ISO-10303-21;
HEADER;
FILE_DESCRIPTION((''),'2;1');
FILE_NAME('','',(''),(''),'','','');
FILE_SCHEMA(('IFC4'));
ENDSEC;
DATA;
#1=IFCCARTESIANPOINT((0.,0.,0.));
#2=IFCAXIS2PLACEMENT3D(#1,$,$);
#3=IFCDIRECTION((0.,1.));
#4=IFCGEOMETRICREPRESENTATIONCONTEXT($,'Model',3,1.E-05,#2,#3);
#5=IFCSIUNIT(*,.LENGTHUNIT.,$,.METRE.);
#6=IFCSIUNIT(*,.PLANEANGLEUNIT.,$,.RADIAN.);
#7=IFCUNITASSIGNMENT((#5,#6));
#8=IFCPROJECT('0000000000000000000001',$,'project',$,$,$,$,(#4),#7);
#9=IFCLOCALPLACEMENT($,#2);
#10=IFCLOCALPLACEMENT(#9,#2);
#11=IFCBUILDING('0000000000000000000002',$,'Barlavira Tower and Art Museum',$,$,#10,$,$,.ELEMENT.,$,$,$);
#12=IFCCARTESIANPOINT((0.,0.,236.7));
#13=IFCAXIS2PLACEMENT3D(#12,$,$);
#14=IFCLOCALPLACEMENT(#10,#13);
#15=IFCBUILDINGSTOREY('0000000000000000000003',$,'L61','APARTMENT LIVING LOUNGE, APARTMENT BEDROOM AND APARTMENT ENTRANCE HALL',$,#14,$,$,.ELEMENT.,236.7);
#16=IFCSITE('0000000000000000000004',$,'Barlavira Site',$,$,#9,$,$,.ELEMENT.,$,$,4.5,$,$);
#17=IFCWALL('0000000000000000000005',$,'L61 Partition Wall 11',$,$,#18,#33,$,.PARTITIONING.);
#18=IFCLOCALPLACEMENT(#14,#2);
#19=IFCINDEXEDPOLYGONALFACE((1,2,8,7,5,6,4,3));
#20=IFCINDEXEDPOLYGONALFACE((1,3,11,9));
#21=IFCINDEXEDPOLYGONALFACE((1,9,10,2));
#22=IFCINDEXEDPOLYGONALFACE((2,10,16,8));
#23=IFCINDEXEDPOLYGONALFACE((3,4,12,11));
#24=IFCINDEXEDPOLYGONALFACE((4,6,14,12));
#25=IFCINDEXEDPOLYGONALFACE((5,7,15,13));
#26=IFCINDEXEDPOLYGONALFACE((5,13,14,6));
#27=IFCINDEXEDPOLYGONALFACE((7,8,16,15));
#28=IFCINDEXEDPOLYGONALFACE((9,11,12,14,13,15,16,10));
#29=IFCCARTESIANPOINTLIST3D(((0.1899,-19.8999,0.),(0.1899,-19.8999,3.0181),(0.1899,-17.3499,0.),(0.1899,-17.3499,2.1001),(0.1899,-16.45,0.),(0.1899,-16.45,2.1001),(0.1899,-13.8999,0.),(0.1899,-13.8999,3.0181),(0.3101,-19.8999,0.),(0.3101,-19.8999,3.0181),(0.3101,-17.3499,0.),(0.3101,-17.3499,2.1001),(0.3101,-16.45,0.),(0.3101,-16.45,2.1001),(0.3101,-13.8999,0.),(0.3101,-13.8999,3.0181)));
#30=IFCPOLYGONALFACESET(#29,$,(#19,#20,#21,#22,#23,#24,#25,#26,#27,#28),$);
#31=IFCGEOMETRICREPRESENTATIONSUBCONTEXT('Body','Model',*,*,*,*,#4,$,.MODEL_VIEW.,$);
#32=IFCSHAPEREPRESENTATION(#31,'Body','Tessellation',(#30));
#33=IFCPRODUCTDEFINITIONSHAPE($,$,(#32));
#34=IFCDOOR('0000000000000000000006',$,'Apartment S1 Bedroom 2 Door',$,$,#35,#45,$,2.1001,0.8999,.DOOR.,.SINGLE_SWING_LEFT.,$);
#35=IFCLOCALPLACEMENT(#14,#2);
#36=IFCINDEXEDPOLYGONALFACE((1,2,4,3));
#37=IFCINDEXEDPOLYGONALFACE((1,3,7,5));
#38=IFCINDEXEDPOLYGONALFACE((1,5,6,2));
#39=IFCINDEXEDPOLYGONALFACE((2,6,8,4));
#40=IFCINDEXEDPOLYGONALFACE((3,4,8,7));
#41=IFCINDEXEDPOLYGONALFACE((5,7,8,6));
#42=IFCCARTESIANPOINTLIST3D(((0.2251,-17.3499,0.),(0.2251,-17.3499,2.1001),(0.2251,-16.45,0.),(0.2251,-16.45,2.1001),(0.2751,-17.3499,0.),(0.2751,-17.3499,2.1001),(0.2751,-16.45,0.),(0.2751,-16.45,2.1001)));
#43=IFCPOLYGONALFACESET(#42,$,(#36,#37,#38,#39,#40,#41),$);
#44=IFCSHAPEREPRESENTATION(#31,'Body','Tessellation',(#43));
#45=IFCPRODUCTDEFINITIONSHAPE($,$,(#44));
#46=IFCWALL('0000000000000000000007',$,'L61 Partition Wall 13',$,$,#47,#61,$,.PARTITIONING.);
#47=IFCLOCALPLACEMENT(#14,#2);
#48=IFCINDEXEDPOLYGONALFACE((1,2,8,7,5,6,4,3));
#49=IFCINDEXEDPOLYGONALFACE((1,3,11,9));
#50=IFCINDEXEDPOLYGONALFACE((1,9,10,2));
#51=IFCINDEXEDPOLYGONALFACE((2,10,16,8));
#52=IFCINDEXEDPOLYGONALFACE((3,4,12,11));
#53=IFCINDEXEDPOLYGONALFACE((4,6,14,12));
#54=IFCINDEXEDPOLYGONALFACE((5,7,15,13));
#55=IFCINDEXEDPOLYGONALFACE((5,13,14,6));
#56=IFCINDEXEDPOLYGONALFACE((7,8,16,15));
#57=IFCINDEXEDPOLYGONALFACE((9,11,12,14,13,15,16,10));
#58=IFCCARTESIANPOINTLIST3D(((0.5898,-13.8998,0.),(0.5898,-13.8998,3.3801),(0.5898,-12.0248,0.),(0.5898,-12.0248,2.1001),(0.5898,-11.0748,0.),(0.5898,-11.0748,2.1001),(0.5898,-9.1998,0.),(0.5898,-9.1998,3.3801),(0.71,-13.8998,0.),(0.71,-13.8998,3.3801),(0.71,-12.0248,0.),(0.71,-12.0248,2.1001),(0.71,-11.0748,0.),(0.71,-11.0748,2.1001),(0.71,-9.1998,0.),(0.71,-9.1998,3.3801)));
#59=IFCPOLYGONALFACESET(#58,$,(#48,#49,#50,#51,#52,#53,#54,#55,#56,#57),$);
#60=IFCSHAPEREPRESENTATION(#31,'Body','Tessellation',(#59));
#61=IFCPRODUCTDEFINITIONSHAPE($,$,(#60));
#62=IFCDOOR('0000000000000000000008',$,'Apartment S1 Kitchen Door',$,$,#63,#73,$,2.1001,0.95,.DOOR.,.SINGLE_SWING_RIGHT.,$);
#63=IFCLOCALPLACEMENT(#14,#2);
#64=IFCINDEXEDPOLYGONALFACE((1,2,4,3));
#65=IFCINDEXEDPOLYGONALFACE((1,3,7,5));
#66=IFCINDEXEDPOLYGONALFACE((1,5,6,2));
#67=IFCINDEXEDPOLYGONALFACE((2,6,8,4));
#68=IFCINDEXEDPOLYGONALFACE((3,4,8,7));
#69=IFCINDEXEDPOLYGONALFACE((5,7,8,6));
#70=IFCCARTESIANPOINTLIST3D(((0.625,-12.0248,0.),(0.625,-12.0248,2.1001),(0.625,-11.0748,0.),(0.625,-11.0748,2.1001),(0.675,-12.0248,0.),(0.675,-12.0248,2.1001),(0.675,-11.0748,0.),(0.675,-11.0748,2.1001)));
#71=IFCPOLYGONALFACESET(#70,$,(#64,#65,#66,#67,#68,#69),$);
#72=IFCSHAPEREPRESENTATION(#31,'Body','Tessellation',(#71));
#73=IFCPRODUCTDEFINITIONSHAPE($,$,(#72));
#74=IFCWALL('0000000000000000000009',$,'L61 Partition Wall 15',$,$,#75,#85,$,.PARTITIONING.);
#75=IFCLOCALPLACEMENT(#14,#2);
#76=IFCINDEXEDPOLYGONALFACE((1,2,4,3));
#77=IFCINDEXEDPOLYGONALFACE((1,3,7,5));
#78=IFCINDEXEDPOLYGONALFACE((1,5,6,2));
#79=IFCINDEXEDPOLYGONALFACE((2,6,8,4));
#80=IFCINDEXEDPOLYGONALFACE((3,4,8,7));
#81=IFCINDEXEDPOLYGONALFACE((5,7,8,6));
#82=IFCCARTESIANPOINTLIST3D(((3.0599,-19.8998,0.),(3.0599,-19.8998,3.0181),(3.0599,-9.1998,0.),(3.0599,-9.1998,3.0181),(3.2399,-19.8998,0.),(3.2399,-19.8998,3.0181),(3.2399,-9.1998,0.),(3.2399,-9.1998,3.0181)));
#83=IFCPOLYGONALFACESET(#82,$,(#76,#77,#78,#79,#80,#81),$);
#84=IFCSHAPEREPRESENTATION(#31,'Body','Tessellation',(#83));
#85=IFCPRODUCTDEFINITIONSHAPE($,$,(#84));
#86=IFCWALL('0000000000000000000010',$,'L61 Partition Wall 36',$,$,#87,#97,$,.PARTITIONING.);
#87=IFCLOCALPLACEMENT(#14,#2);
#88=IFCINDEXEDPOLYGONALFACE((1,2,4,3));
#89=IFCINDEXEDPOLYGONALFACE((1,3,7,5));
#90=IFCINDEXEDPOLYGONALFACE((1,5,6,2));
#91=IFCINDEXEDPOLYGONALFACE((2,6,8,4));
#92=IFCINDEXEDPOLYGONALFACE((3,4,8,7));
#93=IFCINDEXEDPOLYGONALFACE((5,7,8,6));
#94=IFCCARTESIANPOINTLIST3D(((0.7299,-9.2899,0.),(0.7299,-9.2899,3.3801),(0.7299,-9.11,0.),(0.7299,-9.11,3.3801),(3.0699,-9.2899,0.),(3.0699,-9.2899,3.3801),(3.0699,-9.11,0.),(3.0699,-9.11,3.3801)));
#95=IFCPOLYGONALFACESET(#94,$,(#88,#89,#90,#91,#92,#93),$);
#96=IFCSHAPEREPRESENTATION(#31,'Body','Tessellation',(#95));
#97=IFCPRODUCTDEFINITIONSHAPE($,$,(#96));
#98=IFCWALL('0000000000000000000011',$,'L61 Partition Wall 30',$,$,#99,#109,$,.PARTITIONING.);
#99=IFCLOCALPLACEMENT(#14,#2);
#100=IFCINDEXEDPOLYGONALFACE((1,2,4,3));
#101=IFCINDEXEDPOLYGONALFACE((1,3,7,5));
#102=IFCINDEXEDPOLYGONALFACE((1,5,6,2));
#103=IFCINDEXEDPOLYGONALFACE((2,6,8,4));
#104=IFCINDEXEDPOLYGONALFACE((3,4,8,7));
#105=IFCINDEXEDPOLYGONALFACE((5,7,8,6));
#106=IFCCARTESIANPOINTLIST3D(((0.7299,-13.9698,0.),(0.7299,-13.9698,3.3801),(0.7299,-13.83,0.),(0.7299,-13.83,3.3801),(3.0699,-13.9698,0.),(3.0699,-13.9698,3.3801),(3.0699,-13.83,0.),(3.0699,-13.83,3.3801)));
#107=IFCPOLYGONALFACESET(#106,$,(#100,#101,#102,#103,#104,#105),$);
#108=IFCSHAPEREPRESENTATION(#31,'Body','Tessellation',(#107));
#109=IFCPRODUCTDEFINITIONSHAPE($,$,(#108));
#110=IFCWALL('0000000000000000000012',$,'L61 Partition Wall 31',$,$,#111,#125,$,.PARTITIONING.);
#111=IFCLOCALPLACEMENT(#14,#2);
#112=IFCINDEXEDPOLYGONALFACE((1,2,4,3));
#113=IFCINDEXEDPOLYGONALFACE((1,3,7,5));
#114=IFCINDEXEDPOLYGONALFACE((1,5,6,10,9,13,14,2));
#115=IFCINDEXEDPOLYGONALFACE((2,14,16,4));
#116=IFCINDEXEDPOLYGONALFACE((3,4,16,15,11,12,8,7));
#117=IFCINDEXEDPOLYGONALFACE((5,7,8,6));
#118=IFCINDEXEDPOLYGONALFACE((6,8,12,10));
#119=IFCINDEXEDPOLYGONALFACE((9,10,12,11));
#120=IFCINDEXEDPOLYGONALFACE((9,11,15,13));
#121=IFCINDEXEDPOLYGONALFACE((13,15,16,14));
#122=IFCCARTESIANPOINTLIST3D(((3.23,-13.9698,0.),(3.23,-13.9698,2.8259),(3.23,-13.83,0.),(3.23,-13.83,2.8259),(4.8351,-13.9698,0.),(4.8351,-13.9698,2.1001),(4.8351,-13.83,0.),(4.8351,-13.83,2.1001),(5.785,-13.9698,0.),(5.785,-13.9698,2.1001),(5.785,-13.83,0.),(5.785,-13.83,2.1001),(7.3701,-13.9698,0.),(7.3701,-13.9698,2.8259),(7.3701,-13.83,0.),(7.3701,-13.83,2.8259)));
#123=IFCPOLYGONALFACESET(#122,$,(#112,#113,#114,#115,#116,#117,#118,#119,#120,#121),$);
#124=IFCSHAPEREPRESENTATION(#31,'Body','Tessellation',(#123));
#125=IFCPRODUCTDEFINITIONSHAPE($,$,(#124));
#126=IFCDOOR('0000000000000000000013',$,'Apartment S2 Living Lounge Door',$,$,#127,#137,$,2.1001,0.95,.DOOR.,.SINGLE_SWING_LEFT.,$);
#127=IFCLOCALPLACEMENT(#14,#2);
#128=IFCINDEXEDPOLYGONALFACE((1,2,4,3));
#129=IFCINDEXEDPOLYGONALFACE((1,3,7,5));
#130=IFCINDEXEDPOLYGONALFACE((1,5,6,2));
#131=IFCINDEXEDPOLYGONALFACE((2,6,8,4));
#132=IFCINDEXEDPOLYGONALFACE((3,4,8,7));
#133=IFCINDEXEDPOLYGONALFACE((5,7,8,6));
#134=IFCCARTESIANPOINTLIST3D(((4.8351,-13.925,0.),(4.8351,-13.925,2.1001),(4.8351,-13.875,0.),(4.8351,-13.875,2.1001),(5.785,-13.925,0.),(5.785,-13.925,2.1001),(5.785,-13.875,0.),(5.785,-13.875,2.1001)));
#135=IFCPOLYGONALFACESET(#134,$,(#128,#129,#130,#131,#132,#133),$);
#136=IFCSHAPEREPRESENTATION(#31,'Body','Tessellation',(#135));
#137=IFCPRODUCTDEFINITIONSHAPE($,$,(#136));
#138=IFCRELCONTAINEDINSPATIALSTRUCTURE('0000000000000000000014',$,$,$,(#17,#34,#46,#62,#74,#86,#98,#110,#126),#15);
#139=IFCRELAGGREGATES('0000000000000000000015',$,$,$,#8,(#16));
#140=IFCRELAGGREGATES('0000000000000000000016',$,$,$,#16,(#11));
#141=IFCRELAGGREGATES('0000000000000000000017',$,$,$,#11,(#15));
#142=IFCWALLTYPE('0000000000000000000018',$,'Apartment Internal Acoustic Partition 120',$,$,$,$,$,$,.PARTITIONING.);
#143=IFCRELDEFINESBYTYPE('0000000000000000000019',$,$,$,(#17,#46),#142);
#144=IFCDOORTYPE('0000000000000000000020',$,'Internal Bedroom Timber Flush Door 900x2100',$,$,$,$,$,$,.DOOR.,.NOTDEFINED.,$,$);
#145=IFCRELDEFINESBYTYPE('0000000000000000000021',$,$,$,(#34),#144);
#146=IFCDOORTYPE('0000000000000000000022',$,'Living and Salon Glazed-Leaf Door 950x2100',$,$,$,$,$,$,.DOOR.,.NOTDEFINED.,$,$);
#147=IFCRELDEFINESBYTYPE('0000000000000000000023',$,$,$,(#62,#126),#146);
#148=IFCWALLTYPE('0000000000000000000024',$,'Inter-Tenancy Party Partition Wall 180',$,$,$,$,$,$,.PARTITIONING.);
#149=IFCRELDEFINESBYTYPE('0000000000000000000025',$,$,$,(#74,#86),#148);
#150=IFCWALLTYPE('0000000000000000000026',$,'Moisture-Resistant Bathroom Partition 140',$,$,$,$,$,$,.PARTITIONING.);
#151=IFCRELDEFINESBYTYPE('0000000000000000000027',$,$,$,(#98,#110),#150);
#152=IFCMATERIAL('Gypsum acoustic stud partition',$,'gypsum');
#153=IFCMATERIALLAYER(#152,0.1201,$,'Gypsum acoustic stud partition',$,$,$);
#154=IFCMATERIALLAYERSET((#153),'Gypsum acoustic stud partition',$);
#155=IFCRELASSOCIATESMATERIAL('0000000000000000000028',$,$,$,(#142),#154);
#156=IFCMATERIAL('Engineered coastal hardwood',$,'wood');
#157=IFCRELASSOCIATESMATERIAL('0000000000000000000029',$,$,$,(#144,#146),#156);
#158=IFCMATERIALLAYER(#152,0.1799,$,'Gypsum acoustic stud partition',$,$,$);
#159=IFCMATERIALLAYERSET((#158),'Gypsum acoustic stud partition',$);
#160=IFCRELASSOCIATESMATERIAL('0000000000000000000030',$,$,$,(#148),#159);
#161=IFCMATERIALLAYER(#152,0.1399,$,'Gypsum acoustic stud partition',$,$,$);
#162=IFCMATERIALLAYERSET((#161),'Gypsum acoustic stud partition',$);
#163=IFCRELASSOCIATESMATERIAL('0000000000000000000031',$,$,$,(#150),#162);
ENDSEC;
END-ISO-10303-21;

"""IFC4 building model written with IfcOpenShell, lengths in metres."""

from ifc_helpers import new_model, si_unit, direction, frame, frame_2d, origin, place, context, subcontext, project, spatial, rectangle, extrude, material, layer, layer_set, type_object, element, fill, save


model = new_model("IFC4")

# Units and contexts
model_context = context("Model", 3, precision=1e-05, world=origin(), true_north=direction((0.0, 1.0)))
body_context = subcontext(model_context, "Body", "Model", "MODEL_VIEW")
ifc_project = project(units=[si_unit("LENGTHUNIT", "METRE"), si_unit("PLANEANGLEUNIT", "RADIAN")], contexts=[model_context])

# Site, building, storey
site_placement = place(None, origin())
site = spatial("IfcSite", under=ifc_project, at=site_placement, Name="Barlavira Site", CompositionType="ELEMENT", RefElevation=4.5)
building_placement = place(site_placement, origin())
building = spatial("IfcBuilding", under=site, at=building_placement, Name="Barlavira Tower and Art Museum", CompositionType="ELEMENT")
storey_placement = place(building_placement, frame((0.0, 0.0, 236.7)))
storey = spatial("IfcBuildingStorey", under=building, at=storey_placement, Name="L61", Description="APARTMENT LIVING LOUNGE, APARTMENT BEDROOM AND APARTMENT ENTRANCE HALL", CompositionType="ELEMENT", Elevation=236.7)

# Walls, openings, doors
ifc_material_1 = material(Name="Gypsum acoustic stud partition", Category="gypsum")
ifc_layer_1 = layer(ifc_material_1, 0.1201, Name="Gypsum acoustic stud partition")
ifc_layer_set_1 = layer_set([ifc_layer_1], Name="Gypsum acoustic stud partition")
wall_type_1 = type_object("IfcWallType", Name="Apartment Internal Acoustic Partition 120", PredefinedType="PARTITIONING", material=ifc_layer_set_1)
wall_1_placement = place(storey_placement, frame((0.25, -19.8999, 0.0), z_axis=(0.0, 0.0, 1.0), x_axis=(0.0, 1.0, 0.0)))
wall_1 = element("IfcWall", 1, at=wall_1_placement, inside=storey, type_object=wall_type_1, Name="L61 Partition Wall 11", PredefinedType="PARTITIONING", context=body_context, shape_type="SweptSolid", body=[
    extrude(rectangle(XDim=6.0, YDim=0.1201, at=frame_2d((3.0, 0.0))), origin(), (0.0, 0.0, 1.0), 3.0181),
])
opening_1_placement = place(wall_1_placement, frame((2.55, 0.0, 0.0)))
opening_1 = element("IfcOpeningElement", 2, at=opening_1_placement, cuts=wall_1, PredefinedType="OPENING", context=body_context, shape_type="SweptSolid", body=[
    extrude(rectangle(XDim=0.8999, YDim=2.1001, at=frame_2d((0.45, 1.05))), frame((0.0, 0.0701, 0.0), z_axis=(0.0, -1.0, 0.0), x_axis=(1.0, 0.0, 0.0)), (0.0, 0.0, 1.0), 0.1401),
])
ifc_material_2 = material(Name="Engineered coastal hardwood", Category="wood")
door_type_1 = type_object("IfcDoorType", Name="Internal Bedroom Timber Flush Door 900x2100", OperationType="NOTDEFINED", PredefinedType="DOOR", material=ifc_material_2)
door_1_placement = place(opening_1_placement, origin())
door_1 = element("IfcDoor", 3, at=door_1_placement, inside=storey, type_object=door_type_1, Name="Apartment S1 Bedroom 2 Door", OperationType="SINGLE_SWING_LEFT", OverallHeight=2.1001, OverallWidth=0.8999, PredefinedType="DOOR", context=body_context, shape_type="SweptSolid", body=[
    extrude(rectangle(XDim=0.8999, YDim=2.1001, at=frame_2d((0.45, 1.05))), frame((0.0, 0.0249, 0.0), z_axis=(0.0, -1.0, 0.0), x_axis=(1.0, 0.0, 0.0)), (0.0, 0.0, 1.0), 0.05),
])
fill(opening_1, door_1)
wall_2_placement = place(storey_placement, frame((0.6499, -13.8999, 0.0), z_axis=(0.0, 0.0, 1.0), x_axis=(0.0, 1.0, 0.0)))
wall_2 = element("IfcWall", 4, at=wall_2_placement, inside=storey, type_object=wall_type_1, Name="L61 Partition Wall 13", PredefinedType="PARTITIONING", context=body_context, shape_type="SweptSolid", body=[
    extrude(rectangle(XDim=4.7, YDim=0.1201, at=frame_2d((2.3501, 0.0))), origin(), (0.0, 0.0, 1.0), 3.3801),
])
opening_2_placement = place(wall_2_placement, frame((1.875, 0.0, 0.0)))
opening_2 = element("IfcOpeningElement", 5, at=opening_2_placement, cuts=wall_2, PredefinedType="OPENING", context=body_context, shape_type="SweptSolid", body=[
    extrude(rectangle(XDim=0.95, YDim=2.1001, at=frame_2d((0.4751, 1.05))), frame((0.0, 0.0701, 0.0), z_axis=(0.0, -1.0, 0.0), x_axis=(1.0, 0.0, 0.0)), (0.0, 0.0, 1.0), 0.1401),
])
door_type_2 = type_object("IfcDoorType", Name="Living and Salon Glazed-Leaf Door 950x2100", OperationType="NOTDEFINED", PredefinedType="DOOR", material=ifc_material_2)
door_2_placement = place(opening_2_placement, origin())
door_2 = element("IfcDoor", 6, at=door_2_placement, inside=storey, type_object=door_type_2, Name="Apartment S1 Kitchen Door", OperationType="SINGLE_SWING_RIGHT", OverallHeight=2.1001, OverallWidth=0.95, PredefinedType="DOOR", context=body_context, shape_type="SweptSolid", body=[
    extrude(rectangle(XDim=0.95, YDim=2.1001, at=frame_2d((0.4751, 1.05))), frame((0.0, 0.0249, 0.0), z_axis=(0.0, -1.0, 0.0), x_axis=(1.0, 0.0, 0.0)), (0.0, 0.0, 1.0), 0.05),
])
fill(opening_2, door_2)

# Walls
ifc_layer_2 = layer(ifc_material_1, 0.1799, Name="Gypsum acoustic stud partition")
ifc_layer_set_2 = layer_set([ifc_layer_2], Name="Gypsum acoustic stud partition")
wall_type_2 = type_object("IfcWallType", Name="Inter-Tenancy Party Partition Wall 180", PredefinedType="PARTITIONING", material=ifc_layer_set_2)
wall_3_placement = place(storey_placement, frame((3.1499, -19.8999, 0.0), z_axis=(0.0, 0.0, 1.0), x_axis=(0.0, 1.0, 0.0)))
element("IfcWall", 7, at=wall_3_placement, inside=storey, type_object=wall_type_2, Name="L61 Partition Wall 15", PredefinedType="PARTITIONING", context=body_context, shape_type="SweptSolid", body=[
    extrude(rectangle(XDim=10.7, YDim=0.1799, at=frame_2d((5.3501, 0.0))), origin(), (0.0, 0.0, 1.0), 3.0181),
])
wall_4_placement = place(storey_placement, frame((0.73, -9.2, 0.0), z_axis=(0.0, 0.0, 1.0), x_axis=(1.0, 0.0, 0.0)))
element("IfcWall", 8, at=wall_4_placement, inside=storey, type_object=wall_type_2, Name="L61 Partition Wall 36", PredefinedType="PARTITIONING", context=body_context, shape_type="SweptSolid", body=[
    extrude(rectangle(XDim=2.3401, YDim=0.1799, at=frame_2d((1.1699, 0.0))), origin(), (0.0, 0.0, 1.0), 3.3801),
])

# Wall
ifc_layer_3 = layer(ifc_material_1, 0.1399, Name="Gypsum acoustic stud partition")
ifc_layer_set_3 = layer_set([ifc_layer_3], Name="Gypsum acoustic stud partition")
wall_type_3 = type_object("IfcWallType", Name="Moisture-Resistant Bathroom Partition 140", PredefinedType="PARTITIONING", material=ifc_layer_set_3)
wall_5_placement = place(storey_placement, frame((0.73, -13.8999, 0.0), z_axis=(0.0, 0.0, 1.0), x_axis=(1.0, 0.0, 0.0)))
element("IfcWall", 9, at=wall_5_placement, inside=storey, type_object=wall_type_3, Name="L61 Partition Wall 30", PredefinedType="PARTITIONING", context=body_context, shape_type="SweptSolid", body=[
    extrude(rectangle(XDim=2.3401, YDim=0.1399, at=frame_2d((1.1699, 0.0))), origin(), (0.0, 0.0, 1.0), 3.3801),
])

# Wall, opening, door
wall_6_placement = place(storey_placement, frame((3.23, -13.8999, 0.0), z_axis=(0.0, 0.0, 1.0), x_axis=(1.0, 0.0, 0.0)))
wall_6 = element("IfcWall", 10, at=wall_6_placement, inside=storey, type_object=wall_type_3, Name="L61 Partition Wall 31", PredefinedType="PARTITIONING", context=body_context, shape_type="SweptSolid", body=[
    extrude(rectangle(XDim=4.1401, YDim=0.1399, at=frame_2d((2.0701, 0.0))), origin(), (0.0, 0.0, 1.0), 2.8259),
])
opening_3_placement = place(wall_6_placement, frame((1.605, 0.0, 0.0)))
opening_3 = element("IfcOpeningElement", 11, at=opening_3_placement, cuts=wall_6, PredefinedType="OPENING", context=body_context, shape_type="SweptSolid", body=[
    extrude(rectangle(XDim=0.95, YDim=2.1001, at=frame_2d((0.4751, 1.05))), frame((0.0, 0.0801, 0.0), z_axis=(0.0, -1.0, 0.0), x_axis=(1.0, 0.0, 0.0)), (0.0, 0.0, 1.0), 0.1599),
])
door_3_placement = place(opening_3_placement, origin())
door_3 = element("IfcDoor", 12, at=door_3_placement, inside=storey, type_object=door_type_2, Name="Apartment S2 Living Lounge Door", OperationType="SINGLE_SWING_LEFT", OverallHeight=2.1001, OverallWidth=0.95, PredefinedType="DOOR", context=body_context, shape_type="SweptSolid", body=[
    extrude(rectangle(XDim=0.95, YDim=2.1001, at=frame_2d((0.4751, 1.05))), frame((0.0, 0.0249, 0.0), z_axis=(0.0, -1.0, 0.0), x_axis=(1.0, 0.0, 0.0)), (0.0, 0.0, 1.0), 0.05),
])
fill(opening_3, door_3)

save(model, "model.ifc")
